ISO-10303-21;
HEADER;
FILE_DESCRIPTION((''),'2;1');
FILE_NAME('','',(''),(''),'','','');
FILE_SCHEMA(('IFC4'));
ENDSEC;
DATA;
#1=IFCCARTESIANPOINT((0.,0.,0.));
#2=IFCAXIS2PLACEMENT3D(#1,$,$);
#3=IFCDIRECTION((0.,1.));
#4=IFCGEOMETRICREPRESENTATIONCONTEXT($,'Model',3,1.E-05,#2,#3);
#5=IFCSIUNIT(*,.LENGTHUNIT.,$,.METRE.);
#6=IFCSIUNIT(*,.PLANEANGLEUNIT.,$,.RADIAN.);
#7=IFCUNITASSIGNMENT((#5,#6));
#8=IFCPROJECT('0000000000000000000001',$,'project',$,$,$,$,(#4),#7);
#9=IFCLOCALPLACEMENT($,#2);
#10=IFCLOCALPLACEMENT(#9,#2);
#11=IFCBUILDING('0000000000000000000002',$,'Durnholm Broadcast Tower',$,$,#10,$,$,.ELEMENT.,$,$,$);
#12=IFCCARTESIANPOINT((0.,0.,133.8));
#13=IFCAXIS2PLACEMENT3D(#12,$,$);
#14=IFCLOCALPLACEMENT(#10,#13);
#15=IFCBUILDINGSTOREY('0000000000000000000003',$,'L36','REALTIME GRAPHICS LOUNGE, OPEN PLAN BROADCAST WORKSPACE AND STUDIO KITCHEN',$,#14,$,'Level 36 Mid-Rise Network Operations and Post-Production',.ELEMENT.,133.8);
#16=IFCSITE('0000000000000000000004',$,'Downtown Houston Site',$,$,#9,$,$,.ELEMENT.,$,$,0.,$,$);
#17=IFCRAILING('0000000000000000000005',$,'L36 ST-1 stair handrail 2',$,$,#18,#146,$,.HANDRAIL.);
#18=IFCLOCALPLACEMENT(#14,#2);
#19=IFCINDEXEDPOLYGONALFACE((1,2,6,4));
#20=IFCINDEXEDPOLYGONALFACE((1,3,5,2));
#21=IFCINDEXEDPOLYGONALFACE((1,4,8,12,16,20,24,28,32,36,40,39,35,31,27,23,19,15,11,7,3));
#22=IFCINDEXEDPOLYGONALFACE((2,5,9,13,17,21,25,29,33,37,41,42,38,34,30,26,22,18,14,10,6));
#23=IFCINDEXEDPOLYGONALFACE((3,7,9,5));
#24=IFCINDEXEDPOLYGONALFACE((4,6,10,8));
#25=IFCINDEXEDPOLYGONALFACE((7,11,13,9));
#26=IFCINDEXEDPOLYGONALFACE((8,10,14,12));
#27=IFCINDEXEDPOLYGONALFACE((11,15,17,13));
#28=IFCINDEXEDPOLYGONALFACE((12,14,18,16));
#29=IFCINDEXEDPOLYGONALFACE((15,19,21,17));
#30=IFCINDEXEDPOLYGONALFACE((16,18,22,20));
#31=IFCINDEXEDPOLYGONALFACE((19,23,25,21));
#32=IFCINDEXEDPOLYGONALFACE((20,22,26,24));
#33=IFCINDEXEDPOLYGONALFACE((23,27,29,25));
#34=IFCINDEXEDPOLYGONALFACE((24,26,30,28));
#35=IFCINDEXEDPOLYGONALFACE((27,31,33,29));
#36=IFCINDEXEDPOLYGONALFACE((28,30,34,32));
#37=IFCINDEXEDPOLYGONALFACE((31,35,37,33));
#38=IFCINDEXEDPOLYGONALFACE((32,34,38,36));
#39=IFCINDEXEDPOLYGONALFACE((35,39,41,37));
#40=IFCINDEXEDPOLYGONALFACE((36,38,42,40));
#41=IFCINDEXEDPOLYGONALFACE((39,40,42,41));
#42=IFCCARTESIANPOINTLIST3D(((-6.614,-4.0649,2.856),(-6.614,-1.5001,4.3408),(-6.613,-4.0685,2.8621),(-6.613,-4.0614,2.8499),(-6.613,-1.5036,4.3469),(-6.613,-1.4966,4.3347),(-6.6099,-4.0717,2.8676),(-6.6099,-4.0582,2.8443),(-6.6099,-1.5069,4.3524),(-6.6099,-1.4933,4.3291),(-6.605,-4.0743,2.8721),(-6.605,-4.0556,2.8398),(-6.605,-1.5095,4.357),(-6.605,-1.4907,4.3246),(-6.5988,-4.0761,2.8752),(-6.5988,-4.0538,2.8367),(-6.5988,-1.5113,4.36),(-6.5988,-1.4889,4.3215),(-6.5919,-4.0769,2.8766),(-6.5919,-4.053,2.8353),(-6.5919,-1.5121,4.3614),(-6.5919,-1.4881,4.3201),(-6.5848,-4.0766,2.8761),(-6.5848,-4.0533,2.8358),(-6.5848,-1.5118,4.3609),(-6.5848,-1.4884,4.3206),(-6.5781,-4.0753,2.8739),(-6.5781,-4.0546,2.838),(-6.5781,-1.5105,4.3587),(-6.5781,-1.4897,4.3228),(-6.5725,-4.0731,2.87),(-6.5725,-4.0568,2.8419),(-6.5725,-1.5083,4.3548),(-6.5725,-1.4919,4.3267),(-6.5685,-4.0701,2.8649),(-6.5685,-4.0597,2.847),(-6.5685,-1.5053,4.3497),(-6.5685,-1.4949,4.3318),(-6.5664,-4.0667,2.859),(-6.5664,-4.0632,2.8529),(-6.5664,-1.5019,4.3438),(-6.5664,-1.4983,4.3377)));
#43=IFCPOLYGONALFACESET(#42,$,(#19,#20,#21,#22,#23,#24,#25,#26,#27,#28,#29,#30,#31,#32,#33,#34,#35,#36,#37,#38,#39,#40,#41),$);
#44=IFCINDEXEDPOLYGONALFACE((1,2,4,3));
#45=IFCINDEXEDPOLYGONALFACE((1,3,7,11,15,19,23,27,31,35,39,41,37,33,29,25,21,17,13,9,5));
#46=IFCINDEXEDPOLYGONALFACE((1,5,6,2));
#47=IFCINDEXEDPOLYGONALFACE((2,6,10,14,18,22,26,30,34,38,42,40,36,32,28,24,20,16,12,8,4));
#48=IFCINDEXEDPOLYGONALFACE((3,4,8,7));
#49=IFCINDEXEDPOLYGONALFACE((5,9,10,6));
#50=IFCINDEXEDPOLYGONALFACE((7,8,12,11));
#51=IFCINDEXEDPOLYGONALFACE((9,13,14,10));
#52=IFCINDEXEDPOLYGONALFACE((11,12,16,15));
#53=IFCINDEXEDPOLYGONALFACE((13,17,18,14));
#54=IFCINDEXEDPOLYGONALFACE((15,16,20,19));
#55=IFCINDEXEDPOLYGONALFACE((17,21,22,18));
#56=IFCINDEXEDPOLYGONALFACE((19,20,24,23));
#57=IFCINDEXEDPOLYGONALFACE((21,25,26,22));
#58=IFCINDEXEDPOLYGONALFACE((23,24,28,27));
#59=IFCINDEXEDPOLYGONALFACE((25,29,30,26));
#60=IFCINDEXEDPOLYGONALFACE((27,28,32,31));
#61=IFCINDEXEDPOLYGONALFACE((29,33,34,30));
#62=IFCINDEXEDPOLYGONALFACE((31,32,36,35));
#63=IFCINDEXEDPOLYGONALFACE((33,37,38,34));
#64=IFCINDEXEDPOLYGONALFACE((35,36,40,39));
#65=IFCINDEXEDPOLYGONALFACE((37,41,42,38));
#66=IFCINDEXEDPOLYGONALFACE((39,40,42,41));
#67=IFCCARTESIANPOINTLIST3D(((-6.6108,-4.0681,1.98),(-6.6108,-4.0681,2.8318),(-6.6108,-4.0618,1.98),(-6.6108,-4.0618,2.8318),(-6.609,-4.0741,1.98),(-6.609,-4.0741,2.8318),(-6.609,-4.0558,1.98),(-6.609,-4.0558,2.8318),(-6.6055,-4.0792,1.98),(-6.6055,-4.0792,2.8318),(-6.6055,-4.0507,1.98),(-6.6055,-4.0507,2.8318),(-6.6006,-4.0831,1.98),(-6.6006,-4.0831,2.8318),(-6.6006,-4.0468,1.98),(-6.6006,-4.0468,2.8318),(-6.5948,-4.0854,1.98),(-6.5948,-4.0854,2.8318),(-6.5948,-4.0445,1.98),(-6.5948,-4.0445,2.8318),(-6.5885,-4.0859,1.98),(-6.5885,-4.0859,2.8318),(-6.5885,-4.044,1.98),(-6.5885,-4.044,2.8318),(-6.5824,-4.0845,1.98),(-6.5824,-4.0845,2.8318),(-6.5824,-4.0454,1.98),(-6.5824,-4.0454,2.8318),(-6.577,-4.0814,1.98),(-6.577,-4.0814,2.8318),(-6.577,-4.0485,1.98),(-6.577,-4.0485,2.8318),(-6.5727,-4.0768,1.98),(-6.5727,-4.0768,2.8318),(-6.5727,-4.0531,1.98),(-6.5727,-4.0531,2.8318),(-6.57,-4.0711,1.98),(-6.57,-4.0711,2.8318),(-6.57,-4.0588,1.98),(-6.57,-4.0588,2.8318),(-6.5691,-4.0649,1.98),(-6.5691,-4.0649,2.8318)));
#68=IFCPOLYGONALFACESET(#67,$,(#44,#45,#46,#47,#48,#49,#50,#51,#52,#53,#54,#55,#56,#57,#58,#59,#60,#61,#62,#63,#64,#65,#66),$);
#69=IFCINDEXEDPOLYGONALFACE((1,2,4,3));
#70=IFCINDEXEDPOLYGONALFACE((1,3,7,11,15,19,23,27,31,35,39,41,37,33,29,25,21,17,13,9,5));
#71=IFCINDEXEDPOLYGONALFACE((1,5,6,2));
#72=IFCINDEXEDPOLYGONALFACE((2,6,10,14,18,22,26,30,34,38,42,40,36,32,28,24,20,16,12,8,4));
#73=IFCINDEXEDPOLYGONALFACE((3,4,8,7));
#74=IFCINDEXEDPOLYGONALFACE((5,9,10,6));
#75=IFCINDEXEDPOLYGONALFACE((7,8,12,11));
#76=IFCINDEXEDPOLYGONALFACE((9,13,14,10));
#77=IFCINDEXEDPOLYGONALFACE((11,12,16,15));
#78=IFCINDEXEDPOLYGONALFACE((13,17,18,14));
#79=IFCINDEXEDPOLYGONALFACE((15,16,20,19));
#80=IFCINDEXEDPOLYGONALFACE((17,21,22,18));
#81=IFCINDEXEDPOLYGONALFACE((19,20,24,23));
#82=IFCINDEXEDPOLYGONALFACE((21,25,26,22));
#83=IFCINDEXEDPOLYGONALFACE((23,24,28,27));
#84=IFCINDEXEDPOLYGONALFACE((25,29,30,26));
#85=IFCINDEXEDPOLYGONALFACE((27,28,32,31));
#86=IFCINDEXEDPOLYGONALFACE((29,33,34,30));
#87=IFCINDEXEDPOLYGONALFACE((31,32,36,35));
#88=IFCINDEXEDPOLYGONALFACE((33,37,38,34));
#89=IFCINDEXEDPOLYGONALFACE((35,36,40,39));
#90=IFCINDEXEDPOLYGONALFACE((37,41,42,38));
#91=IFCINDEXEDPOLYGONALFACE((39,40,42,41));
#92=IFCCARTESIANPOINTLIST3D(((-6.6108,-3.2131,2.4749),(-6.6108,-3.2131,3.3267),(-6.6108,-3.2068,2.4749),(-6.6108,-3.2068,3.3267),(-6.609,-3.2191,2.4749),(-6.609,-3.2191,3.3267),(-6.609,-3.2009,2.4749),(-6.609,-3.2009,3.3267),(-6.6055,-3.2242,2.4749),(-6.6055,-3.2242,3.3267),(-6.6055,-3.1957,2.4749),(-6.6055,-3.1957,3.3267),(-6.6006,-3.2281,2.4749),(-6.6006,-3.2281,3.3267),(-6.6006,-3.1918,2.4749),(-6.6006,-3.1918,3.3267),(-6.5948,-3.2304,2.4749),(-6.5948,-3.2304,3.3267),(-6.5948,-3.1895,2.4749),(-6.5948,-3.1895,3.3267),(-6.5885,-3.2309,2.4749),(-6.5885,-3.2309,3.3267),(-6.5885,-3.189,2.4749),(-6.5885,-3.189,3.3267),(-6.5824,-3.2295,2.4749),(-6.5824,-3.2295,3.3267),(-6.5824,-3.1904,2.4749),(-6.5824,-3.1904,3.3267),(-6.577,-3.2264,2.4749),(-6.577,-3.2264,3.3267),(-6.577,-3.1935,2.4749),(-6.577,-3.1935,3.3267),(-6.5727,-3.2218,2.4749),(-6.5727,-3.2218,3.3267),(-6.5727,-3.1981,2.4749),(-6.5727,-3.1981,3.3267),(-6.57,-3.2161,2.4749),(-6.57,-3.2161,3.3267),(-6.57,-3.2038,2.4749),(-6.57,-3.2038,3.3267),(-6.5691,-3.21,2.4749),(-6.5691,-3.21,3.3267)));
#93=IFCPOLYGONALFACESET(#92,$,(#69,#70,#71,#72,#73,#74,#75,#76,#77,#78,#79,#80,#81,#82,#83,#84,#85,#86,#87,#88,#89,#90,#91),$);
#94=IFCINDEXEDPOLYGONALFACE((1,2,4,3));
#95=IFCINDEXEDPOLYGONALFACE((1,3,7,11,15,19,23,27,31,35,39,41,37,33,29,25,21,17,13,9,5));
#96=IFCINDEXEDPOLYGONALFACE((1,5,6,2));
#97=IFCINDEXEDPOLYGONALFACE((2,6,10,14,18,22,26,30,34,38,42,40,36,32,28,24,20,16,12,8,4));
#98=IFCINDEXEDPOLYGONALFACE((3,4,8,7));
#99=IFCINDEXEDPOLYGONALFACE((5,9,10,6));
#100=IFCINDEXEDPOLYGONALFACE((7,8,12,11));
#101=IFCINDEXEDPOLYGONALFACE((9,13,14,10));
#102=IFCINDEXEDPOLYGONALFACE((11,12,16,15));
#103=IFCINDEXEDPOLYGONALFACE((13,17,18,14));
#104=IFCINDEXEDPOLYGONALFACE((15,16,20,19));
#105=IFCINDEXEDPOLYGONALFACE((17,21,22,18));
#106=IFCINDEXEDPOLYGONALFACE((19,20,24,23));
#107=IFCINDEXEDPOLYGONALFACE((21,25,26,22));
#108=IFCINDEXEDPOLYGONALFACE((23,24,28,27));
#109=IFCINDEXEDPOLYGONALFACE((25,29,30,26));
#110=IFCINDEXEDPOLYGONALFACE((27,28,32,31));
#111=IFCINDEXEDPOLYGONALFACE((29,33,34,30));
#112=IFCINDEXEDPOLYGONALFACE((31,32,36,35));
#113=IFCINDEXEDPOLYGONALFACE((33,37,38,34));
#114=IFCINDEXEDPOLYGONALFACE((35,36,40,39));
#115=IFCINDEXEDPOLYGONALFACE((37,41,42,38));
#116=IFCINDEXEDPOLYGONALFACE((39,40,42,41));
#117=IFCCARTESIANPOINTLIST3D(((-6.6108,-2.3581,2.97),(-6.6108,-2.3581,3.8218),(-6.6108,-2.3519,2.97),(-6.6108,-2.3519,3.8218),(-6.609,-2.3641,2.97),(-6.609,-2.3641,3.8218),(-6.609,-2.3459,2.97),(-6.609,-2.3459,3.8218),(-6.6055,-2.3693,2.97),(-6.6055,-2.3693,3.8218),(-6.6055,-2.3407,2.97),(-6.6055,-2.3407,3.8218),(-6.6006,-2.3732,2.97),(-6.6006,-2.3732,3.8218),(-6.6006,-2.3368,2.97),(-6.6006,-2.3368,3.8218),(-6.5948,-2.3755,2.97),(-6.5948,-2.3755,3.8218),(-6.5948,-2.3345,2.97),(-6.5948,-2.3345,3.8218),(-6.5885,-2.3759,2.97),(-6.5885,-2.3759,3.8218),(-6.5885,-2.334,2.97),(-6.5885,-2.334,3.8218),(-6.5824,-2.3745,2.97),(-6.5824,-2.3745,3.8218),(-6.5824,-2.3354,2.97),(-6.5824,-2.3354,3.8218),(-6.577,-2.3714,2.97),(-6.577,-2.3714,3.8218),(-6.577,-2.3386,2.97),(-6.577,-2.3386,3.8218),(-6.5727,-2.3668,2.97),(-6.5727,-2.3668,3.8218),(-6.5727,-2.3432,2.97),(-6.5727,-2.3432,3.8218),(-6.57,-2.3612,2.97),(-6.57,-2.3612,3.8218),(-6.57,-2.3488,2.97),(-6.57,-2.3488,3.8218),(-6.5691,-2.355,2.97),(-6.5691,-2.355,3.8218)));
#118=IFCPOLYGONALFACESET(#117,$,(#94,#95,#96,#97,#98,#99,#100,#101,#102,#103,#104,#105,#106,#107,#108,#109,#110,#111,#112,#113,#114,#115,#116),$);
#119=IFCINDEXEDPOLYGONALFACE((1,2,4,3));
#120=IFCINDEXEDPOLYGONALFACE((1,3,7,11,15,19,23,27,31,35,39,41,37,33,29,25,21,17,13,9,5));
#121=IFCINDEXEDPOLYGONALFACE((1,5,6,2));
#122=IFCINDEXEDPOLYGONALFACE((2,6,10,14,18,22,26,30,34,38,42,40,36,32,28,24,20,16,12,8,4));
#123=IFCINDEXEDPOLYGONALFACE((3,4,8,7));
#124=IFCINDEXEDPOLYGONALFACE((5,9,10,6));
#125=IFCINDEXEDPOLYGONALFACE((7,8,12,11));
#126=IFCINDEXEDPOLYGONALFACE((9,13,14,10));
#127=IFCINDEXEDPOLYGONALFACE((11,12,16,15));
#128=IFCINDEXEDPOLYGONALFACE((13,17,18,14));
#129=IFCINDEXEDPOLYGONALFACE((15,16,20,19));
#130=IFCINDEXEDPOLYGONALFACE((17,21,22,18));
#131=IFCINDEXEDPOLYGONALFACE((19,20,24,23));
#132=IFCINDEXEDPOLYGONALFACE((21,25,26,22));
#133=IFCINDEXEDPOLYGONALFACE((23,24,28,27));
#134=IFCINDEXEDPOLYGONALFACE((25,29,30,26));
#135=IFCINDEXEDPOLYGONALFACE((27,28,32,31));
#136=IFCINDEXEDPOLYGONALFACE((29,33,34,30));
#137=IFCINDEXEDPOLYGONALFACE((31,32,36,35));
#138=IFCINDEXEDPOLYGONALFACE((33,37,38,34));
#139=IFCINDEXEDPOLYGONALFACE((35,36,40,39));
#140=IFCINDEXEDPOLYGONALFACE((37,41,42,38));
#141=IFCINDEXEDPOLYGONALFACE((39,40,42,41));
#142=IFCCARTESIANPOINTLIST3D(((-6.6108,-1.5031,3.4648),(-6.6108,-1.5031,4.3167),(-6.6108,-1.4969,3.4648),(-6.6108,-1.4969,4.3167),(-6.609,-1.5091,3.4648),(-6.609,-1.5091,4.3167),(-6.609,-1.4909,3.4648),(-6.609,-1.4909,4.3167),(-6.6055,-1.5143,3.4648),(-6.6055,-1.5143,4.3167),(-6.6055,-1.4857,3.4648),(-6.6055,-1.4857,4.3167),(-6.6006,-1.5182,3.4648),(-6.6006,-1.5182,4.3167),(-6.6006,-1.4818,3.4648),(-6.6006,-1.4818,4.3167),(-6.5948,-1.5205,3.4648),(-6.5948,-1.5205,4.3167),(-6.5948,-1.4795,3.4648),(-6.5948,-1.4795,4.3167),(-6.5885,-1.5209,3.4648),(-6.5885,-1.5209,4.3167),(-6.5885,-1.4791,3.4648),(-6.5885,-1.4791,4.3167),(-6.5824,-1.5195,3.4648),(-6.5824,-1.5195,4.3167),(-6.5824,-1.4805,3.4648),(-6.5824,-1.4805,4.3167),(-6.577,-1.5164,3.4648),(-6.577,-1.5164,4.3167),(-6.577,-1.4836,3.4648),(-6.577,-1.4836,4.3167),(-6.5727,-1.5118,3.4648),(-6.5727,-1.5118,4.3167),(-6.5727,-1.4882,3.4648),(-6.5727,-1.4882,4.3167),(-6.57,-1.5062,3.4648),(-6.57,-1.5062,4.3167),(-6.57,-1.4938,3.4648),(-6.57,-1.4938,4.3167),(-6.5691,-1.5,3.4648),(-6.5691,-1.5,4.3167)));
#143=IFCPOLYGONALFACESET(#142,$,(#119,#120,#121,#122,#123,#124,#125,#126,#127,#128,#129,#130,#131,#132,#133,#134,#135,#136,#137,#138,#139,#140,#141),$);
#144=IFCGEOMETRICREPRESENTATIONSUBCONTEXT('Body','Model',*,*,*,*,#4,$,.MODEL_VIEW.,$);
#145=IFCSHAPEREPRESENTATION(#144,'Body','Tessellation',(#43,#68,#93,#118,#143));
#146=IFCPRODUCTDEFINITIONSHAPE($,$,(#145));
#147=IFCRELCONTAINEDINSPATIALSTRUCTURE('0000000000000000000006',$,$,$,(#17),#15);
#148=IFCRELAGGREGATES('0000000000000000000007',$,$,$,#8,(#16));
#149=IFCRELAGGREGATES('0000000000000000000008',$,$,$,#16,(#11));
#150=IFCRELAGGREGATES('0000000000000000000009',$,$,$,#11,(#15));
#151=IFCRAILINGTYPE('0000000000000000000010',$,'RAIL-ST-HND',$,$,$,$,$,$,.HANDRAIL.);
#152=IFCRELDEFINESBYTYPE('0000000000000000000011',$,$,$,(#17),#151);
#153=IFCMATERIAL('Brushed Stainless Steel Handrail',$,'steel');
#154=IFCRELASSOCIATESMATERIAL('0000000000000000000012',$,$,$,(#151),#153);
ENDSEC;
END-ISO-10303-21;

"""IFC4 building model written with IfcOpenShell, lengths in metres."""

from ifc_helpers import new_model, si_unit, direction, frame, origin, origin_2d, place, context, subcontext, project, spatial, circle, extrude, material, type_object, element, save


model = new_model("IFC4")

# Units and contexts
model_context = context("Model", 3, precision=1e-05, world=origin(), true_north=direction((0.0, 1.0)))
body_context = subcontext(model_context, "Body", "Model", "MODEL_VIEW")
ifc_project = project(units=[si_unit("LENGTHUNIT", "METRE"), si_unit("PLANEANGLEUNIT", "RADIAN")], contexts=[model_context])

# Site, building, storey
site_placement = place(None, origin())
site = spatial("IfcSite", under=ifc_project, at=site_placement, Name="Downtown Houston Site", CompositionType="ELEMENT", RefElevation=0.0)
building_placement = place(site_placement, origin())
building = spatial("IfcBuilding", under=site, at=building_placement, Name="Durnholm Broadcast Tower", CompositionType="ELEMENT")
storey_placement = place(building_placement, frame((0.0, 0.0, 133.8)))
storey = spatial("IfcBuildingStorey", under=building, at=storey_placement, Name="L36", Description="REALTIME GRAPHICS LOUNGE, OPEN PLAN BROADCAST WORKSPACE AND STUDIO KITCHEN", LongName="Level 36 Mid-Rise Network Operations and Post-Production", CompositionType="ELEMENT", Elevation=133.8)

# Railing
ifc_material_1 = material(Name="Brushed Stainless Steel Handrail", Category="steel")
railing_type_1 = type_object("IfcRailingType", Name="RAIL-ST-HND", PredefinedType="HANDRAIL", material=ifc_material_1)
railing_1_placement = place(storey_placement, frame((-6.5901, -4.0649, 1.98)))
element("IfcRailing", 1, at=railing_1_placement, inside=storey, type_object=railing_type_1, Name="L36 ST-1 stair handrail 2", PredefinedType="HANDRAIL", context=body_context, shape_type="SweptSolid", body=[
    extrude(circle(Radius=0.0239, at=origin_2d()), frame((0.0, 0.0, 0.876), z_axis=(0.0, 0.865441, 0.50101), x_axis=(-1.0, 0.0, 0.0)), (0.0, 0.0, 1.0), 2.9636),
    extrude(circle(Radius=0.021, at=origin_2d()), origin(), (0.0, 0.0, 1.0), 0.8518),
    extrude(circle(Radius=0.021, at=origin_2d()), frame((0.0, 0.855, 0.4949)), (0.0, 0.0, 1.0), 0.8518),
    extrude(circle(Radius=0.021, at=origin_2d()), frame((0.0, 1.71, 0.99)), (0.0, 0.0, 1.0), 0.8518),
    extrude(circle(Radius=0.021, at=origin_2d()), frame((0.0, 2.5649, 1.4849)), (0.0, 0.0, 1.0), 0.8518),
])

save(model, "model.ifc")
